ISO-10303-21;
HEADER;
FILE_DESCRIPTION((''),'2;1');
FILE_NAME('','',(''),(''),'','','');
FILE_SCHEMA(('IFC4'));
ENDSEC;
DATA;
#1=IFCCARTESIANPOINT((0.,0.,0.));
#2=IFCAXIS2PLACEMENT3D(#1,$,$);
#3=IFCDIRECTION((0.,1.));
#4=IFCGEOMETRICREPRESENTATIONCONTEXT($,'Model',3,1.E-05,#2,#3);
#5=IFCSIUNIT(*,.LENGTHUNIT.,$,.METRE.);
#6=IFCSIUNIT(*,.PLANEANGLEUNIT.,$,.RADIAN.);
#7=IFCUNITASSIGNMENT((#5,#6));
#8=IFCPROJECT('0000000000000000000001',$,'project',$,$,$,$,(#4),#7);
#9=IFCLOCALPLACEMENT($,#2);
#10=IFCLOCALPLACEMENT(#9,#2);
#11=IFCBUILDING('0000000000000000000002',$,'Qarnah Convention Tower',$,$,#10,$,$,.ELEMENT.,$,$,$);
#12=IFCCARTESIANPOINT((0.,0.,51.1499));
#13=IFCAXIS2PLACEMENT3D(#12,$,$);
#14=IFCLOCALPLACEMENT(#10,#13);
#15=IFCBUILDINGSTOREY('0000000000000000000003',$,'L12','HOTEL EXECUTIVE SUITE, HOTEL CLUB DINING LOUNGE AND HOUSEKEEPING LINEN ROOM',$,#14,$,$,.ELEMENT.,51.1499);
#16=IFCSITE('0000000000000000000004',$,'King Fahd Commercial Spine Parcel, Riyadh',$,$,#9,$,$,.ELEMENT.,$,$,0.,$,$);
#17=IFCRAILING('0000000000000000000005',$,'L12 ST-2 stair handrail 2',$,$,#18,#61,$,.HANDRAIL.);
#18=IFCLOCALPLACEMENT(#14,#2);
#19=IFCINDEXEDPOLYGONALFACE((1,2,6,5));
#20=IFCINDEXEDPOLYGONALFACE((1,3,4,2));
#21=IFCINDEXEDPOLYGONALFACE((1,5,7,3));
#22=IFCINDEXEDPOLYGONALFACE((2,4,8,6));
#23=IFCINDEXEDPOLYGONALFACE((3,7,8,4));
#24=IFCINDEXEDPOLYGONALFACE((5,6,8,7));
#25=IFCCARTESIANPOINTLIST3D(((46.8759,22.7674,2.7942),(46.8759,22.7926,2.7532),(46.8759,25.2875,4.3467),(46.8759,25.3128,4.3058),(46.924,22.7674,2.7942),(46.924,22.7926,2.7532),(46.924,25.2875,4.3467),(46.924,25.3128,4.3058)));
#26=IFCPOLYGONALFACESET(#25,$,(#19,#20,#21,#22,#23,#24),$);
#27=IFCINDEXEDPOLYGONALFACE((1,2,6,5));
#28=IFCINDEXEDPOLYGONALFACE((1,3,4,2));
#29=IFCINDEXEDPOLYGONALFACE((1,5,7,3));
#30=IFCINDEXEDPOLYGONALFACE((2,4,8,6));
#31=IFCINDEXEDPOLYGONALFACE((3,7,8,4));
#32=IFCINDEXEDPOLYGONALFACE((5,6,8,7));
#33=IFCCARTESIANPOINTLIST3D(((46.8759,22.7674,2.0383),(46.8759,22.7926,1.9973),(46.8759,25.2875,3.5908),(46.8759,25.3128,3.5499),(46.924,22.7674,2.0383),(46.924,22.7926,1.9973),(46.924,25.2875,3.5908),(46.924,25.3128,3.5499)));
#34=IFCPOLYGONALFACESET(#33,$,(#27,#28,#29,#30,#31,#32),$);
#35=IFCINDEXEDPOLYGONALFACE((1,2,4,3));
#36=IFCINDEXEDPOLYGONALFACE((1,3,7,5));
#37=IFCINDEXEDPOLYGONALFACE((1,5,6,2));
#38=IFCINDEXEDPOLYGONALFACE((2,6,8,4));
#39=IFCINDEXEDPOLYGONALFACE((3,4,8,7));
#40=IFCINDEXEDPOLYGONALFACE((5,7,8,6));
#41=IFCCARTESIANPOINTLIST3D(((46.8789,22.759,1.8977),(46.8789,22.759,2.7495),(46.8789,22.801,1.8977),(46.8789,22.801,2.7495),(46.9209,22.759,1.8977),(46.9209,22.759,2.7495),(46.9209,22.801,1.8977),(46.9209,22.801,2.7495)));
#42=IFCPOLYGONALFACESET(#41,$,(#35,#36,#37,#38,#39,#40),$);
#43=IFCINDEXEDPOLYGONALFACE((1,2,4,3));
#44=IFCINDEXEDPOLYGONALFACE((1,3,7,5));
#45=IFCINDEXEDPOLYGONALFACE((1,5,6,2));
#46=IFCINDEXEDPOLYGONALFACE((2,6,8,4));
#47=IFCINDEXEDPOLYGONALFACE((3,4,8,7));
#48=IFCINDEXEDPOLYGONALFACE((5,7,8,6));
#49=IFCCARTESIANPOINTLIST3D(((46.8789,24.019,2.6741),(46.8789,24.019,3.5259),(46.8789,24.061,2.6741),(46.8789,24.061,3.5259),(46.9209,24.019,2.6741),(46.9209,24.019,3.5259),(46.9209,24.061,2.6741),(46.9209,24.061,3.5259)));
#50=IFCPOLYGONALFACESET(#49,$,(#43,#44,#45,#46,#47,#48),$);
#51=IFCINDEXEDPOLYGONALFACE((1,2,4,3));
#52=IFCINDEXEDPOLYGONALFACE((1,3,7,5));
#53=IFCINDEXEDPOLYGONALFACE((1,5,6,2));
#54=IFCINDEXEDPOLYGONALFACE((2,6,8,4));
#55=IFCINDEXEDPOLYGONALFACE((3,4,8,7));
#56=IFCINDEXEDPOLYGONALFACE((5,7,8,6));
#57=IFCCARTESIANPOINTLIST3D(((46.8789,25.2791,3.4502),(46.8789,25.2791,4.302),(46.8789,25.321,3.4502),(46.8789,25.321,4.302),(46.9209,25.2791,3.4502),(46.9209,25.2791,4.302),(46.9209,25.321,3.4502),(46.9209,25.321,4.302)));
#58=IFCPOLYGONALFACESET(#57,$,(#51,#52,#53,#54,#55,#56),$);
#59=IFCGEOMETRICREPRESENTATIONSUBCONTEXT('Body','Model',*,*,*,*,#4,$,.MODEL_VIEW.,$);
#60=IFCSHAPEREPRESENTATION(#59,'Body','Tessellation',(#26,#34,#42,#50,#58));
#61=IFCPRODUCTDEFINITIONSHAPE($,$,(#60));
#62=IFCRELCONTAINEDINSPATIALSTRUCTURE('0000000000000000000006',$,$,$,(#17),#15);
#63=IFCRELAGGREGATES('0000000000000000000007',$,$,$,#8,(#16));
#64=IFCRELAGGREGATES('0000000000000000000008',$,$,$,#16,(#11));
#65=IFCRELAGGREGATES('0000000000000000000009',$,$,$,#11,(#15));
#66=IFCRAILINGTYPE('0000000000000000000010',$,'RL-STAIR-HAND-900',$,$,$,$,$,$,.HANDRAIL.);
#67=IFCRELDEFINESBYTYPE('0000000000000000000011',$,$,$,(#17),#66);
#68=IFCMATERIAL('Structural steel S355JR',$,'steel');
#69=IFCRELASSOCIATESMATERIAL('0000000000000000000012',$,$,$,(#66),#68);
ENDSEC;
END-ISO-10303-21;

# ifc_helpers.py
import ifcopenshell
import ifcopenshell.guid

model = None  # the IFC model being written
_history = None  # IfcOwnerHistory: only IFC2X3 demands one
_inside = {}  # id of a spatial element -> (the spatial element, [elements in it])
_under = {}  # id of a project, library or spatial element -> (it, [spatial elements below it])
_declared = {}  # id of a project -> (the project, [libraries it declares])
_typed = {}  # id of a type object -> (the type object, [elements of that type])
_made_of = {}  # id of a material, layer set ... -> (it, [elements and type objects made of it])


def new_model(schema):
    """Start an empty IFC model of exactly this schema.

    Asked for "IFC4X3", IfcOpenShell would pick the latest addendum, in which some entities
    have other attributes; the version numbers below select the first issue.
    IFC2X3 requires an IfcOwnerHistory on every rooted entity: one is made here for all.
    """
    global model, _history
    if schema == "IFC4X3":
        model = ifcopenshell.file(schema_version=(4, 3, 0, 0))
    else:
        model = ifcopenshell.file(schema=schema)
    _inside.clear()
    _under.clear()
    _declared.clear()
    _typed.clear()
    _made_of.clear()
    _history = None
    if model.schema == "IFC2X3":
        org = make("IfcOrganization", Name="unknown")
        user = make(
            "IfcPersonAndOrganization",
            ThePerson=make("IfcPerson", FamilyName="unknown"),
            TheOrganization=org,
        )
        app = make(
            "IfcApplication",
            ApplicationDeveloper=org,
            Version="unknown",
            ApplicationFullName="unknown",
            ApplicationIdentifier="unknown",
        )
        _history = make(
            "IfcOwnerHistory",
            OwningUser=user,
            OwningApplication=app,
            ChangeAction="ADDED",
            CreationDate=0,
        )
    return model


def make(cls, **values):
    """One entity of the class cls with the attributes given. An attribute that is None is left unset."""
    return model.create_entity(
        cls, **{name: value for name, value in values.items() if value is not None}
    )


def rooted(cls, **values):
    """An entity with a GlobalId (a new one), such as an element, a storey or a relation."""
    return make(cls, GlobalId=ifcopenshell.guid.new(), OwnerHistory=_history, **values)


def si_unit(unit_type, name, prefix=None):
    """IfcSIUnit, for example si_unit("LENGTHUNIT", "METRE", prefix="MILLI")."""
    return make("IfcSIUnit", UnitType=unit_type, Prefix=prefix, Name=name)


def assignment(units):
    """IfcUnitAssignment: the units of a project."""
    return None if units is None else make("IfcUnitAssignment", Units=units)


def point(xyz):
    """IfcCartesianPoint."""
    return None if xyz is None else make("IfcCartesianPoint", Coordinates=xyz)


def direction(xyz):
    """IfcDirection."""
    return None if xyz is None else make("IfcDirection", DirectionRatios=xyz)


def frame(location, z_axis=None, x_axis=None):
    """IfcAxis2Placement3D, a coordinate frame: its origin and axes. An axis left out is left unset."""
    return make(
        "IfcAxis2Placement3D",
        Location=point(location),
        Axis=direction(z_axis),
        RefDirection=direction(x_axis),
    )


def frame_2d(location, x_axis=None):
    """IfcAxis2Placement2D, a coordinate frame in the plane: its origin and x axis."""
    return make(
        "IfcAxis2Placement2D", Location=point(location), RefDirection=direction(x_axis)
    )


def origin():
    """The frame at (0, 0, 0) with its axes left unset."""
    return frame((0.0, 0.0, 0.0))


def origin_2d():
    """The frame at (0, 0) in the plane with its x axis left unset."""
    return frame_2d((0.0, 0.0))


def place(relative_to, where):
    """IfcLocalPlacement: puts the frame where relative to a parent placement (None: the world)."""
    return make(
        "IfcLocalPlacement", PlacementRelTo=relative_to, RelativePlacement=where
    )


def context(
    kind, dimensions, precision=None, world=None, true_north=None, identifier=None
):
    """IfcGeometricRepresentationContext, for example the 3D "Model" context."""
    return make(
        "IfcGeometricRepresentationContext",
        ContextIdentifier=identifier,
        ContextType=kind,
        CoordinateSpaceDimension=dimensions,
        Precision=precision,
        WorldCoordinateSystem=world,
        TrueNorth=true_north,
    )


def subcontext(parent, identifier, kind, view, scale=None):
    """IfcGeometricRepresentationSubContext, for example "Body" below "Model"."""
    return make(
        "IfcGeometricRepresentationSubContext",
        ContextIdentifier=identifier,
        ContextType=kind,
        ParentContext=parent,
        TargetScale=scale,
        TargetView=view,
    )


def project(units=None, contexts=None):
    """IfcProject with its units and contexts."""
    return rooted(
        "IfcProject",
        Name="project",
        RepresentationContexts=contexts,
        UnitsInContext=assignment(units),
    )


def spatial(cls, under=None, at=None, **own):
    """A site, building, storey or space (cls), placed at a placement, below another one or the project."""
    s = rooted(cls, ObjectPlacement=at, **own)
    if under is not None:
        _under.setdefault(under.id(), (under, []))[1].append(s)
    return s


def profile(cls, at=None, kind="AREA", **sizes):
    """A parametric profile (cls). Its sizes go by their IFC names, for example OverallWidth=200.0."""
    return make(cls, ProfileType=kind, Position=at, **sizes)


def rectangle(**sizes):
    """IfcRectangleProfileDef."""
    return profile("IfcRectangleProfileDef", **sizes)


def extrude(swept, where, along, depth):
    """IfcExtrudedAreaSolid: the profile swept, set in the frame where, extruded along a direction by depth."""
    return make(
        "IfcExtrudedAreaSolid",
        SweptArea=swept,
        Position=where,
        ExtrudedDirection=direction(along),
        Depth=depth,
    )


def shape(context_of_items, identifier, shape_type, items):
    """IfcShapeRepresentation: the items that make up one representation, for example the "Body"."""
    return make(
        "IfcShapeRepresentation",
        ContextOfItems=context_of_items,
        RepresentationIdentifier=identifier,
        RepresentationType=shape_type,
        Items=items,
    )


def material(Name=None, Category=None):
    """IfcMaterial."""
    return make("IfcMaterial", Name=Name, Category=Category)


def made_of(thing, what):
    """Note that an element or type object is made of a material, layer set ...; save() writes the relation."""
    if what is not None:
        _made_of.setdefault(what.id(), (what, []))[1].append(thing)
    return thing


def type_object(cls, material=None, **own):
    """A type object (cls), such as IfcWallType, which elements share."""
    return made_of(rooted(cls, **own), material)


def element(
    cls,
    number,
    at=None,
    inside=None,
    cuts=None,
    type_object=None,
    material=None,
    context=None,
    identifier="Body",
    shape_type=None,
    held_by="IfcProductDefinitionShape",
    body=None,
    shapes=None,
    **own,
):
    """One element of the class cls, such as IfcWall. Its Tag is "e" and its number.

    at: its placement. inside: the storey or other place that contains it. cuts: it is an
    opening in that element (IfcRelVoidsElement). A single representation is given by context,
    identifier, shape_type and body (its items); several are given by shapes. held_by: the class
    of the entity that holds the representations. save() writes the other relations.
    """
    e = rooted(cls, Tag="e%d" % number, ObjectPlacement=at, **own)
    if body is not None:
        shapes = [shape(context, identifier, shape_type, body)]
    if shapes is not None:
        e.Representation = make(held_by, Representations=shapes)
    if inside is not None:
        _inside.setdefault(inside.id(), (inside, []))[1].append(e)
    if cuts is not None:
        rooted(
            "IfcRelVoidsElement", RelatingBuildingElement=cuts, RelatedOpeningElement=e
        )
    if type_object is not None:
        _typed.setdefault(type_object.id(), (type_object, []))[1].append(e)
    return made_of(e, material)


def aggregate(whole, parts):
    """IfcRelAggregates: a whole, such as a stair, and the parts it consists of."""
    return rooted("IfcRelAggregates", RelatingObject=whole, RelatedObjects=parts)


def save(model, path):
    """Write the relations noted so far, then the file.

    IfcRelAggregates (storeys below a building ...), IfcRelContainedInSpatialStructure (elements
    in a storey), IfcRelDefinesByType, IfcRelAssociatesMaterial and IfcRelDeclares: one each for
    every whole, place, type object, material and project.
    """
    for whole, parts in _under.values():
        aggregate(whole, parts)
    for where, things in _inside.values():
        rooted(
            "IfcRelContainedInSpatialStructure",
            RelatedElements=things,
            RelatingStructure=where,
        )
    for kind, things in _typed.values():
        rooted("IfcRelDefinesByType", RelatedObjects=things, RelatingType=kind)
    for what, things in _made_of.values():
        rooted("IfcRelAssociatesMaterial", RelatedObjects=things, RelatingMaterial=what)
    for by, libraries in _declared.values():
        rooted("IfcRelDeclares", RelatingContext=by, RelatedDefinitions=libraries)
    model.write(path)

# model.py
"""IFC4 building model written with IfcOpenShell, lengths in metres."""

from ifc_helpers import new_model, si_unit, direction, frame, origin, origin_2d, place, context, subcontext, project, spatial, rectangle, extrude, material, type_object, element, save


model = new_model("IFC4")

# Units and contexts
model_context = context("Model", 3, precision=1e-05, world=origin(), true_north=direction((0.0, 1.0)))
body_context = subcontext(model_context, "Body", "Model", "MODEL_VIEW")
ifc_project = project(units=[si_unit("LENGTHUNIT", "METRE"), si_unit("PLANEANGLEUNIT", "RADIAN")], contexts=[model_context])

# Site, building, storey
site_placement = place(None, origin())
site = spatial("IfcSite", under=ifc_project, at=site_placement, Name="King Fahd Commercial Spine Parcel, Riyadh", CompositionType="ELEMENT", RefElevation=0.0)
building_placement = place(site_placement, origin())
building = spatial("IfcBuilding", under=site, at=building_placement, Name="Qarnah Convention Tower", CompositionType="ELEMENT")
storey_placement = place(building_placement, frame((0.0, 0.0, 51.1499)))
storey = spatial("IfcBuildingStorey", under=building, at=storey_placement, Name="L12", Description="HOTEL EXECUTIVE SUITE, HOTEL CLUB DINING LOUNGE AND HOUSEKEEPING LINEN ROOM", CompositionType="ELEMENT", Elevation=51.1499)

# Shared definitions
ifc_material_1 = material(Name="Structural steel S355JR", Category="steel")

# Railing
railing_type_1 = type_object("IfcRailingType", Name="RL-STAIR-HAND-900", PredefinedType="HANDRAIL", material=ifc_material_1)
railing_1_placement = place(storey_placement, frame((46.8999, 22.78, 1.8977)))
element("IfcRailing", 1, at=railing_1_placement, inside=storey, type_object=railing_type_1, Name="L12 ST-2 stair handrail 2", PredefinedType="HANDRAIL", context=body_context, shape_type="SweptSolid", body=[
    extrude(rectangle(XDim=0.0481, YDim=0.0481, at=origin_2d()), frame((0.0, 0.0, 0.876), z_axis=(0.0, 0.8514, 0.524516), x_axis=(-1.0, 0.0, 0.0)), (0.0, 0.0, 1.0), 2.96),
    extrude(rectangle(XDim=0.0481, YDim=0.0481, at=origin_2d()), frame((0.0, 0.0, 0.1201), z_axis=(0.0, 0.8514, 0.524516), x_axis=(-1.0, 0.0, 0.0)), (0.0, 0.0, 1.0), 2.96),
    extrude(rectangle(XDim=0.042, YDim=0.042, at=origin_2d()), origin(), (0.0, 0.0, 1.0), 0.8518),
    extrude(rectangle(XDim=0.042, YDim=0.042, at=origin_2d()), frame((0.0, 1.26, 0.7764)), (0.0, 0.0, 1.0), 0.8518),
    extrude(rectangle(XDim=0.042, YDim=0.042, at=origin_2d()), frame((0.0, 2.52, 1.5525)), (0.0, 0.0, 1.0), 0.8518),
])

save(model, "model.ifc")
